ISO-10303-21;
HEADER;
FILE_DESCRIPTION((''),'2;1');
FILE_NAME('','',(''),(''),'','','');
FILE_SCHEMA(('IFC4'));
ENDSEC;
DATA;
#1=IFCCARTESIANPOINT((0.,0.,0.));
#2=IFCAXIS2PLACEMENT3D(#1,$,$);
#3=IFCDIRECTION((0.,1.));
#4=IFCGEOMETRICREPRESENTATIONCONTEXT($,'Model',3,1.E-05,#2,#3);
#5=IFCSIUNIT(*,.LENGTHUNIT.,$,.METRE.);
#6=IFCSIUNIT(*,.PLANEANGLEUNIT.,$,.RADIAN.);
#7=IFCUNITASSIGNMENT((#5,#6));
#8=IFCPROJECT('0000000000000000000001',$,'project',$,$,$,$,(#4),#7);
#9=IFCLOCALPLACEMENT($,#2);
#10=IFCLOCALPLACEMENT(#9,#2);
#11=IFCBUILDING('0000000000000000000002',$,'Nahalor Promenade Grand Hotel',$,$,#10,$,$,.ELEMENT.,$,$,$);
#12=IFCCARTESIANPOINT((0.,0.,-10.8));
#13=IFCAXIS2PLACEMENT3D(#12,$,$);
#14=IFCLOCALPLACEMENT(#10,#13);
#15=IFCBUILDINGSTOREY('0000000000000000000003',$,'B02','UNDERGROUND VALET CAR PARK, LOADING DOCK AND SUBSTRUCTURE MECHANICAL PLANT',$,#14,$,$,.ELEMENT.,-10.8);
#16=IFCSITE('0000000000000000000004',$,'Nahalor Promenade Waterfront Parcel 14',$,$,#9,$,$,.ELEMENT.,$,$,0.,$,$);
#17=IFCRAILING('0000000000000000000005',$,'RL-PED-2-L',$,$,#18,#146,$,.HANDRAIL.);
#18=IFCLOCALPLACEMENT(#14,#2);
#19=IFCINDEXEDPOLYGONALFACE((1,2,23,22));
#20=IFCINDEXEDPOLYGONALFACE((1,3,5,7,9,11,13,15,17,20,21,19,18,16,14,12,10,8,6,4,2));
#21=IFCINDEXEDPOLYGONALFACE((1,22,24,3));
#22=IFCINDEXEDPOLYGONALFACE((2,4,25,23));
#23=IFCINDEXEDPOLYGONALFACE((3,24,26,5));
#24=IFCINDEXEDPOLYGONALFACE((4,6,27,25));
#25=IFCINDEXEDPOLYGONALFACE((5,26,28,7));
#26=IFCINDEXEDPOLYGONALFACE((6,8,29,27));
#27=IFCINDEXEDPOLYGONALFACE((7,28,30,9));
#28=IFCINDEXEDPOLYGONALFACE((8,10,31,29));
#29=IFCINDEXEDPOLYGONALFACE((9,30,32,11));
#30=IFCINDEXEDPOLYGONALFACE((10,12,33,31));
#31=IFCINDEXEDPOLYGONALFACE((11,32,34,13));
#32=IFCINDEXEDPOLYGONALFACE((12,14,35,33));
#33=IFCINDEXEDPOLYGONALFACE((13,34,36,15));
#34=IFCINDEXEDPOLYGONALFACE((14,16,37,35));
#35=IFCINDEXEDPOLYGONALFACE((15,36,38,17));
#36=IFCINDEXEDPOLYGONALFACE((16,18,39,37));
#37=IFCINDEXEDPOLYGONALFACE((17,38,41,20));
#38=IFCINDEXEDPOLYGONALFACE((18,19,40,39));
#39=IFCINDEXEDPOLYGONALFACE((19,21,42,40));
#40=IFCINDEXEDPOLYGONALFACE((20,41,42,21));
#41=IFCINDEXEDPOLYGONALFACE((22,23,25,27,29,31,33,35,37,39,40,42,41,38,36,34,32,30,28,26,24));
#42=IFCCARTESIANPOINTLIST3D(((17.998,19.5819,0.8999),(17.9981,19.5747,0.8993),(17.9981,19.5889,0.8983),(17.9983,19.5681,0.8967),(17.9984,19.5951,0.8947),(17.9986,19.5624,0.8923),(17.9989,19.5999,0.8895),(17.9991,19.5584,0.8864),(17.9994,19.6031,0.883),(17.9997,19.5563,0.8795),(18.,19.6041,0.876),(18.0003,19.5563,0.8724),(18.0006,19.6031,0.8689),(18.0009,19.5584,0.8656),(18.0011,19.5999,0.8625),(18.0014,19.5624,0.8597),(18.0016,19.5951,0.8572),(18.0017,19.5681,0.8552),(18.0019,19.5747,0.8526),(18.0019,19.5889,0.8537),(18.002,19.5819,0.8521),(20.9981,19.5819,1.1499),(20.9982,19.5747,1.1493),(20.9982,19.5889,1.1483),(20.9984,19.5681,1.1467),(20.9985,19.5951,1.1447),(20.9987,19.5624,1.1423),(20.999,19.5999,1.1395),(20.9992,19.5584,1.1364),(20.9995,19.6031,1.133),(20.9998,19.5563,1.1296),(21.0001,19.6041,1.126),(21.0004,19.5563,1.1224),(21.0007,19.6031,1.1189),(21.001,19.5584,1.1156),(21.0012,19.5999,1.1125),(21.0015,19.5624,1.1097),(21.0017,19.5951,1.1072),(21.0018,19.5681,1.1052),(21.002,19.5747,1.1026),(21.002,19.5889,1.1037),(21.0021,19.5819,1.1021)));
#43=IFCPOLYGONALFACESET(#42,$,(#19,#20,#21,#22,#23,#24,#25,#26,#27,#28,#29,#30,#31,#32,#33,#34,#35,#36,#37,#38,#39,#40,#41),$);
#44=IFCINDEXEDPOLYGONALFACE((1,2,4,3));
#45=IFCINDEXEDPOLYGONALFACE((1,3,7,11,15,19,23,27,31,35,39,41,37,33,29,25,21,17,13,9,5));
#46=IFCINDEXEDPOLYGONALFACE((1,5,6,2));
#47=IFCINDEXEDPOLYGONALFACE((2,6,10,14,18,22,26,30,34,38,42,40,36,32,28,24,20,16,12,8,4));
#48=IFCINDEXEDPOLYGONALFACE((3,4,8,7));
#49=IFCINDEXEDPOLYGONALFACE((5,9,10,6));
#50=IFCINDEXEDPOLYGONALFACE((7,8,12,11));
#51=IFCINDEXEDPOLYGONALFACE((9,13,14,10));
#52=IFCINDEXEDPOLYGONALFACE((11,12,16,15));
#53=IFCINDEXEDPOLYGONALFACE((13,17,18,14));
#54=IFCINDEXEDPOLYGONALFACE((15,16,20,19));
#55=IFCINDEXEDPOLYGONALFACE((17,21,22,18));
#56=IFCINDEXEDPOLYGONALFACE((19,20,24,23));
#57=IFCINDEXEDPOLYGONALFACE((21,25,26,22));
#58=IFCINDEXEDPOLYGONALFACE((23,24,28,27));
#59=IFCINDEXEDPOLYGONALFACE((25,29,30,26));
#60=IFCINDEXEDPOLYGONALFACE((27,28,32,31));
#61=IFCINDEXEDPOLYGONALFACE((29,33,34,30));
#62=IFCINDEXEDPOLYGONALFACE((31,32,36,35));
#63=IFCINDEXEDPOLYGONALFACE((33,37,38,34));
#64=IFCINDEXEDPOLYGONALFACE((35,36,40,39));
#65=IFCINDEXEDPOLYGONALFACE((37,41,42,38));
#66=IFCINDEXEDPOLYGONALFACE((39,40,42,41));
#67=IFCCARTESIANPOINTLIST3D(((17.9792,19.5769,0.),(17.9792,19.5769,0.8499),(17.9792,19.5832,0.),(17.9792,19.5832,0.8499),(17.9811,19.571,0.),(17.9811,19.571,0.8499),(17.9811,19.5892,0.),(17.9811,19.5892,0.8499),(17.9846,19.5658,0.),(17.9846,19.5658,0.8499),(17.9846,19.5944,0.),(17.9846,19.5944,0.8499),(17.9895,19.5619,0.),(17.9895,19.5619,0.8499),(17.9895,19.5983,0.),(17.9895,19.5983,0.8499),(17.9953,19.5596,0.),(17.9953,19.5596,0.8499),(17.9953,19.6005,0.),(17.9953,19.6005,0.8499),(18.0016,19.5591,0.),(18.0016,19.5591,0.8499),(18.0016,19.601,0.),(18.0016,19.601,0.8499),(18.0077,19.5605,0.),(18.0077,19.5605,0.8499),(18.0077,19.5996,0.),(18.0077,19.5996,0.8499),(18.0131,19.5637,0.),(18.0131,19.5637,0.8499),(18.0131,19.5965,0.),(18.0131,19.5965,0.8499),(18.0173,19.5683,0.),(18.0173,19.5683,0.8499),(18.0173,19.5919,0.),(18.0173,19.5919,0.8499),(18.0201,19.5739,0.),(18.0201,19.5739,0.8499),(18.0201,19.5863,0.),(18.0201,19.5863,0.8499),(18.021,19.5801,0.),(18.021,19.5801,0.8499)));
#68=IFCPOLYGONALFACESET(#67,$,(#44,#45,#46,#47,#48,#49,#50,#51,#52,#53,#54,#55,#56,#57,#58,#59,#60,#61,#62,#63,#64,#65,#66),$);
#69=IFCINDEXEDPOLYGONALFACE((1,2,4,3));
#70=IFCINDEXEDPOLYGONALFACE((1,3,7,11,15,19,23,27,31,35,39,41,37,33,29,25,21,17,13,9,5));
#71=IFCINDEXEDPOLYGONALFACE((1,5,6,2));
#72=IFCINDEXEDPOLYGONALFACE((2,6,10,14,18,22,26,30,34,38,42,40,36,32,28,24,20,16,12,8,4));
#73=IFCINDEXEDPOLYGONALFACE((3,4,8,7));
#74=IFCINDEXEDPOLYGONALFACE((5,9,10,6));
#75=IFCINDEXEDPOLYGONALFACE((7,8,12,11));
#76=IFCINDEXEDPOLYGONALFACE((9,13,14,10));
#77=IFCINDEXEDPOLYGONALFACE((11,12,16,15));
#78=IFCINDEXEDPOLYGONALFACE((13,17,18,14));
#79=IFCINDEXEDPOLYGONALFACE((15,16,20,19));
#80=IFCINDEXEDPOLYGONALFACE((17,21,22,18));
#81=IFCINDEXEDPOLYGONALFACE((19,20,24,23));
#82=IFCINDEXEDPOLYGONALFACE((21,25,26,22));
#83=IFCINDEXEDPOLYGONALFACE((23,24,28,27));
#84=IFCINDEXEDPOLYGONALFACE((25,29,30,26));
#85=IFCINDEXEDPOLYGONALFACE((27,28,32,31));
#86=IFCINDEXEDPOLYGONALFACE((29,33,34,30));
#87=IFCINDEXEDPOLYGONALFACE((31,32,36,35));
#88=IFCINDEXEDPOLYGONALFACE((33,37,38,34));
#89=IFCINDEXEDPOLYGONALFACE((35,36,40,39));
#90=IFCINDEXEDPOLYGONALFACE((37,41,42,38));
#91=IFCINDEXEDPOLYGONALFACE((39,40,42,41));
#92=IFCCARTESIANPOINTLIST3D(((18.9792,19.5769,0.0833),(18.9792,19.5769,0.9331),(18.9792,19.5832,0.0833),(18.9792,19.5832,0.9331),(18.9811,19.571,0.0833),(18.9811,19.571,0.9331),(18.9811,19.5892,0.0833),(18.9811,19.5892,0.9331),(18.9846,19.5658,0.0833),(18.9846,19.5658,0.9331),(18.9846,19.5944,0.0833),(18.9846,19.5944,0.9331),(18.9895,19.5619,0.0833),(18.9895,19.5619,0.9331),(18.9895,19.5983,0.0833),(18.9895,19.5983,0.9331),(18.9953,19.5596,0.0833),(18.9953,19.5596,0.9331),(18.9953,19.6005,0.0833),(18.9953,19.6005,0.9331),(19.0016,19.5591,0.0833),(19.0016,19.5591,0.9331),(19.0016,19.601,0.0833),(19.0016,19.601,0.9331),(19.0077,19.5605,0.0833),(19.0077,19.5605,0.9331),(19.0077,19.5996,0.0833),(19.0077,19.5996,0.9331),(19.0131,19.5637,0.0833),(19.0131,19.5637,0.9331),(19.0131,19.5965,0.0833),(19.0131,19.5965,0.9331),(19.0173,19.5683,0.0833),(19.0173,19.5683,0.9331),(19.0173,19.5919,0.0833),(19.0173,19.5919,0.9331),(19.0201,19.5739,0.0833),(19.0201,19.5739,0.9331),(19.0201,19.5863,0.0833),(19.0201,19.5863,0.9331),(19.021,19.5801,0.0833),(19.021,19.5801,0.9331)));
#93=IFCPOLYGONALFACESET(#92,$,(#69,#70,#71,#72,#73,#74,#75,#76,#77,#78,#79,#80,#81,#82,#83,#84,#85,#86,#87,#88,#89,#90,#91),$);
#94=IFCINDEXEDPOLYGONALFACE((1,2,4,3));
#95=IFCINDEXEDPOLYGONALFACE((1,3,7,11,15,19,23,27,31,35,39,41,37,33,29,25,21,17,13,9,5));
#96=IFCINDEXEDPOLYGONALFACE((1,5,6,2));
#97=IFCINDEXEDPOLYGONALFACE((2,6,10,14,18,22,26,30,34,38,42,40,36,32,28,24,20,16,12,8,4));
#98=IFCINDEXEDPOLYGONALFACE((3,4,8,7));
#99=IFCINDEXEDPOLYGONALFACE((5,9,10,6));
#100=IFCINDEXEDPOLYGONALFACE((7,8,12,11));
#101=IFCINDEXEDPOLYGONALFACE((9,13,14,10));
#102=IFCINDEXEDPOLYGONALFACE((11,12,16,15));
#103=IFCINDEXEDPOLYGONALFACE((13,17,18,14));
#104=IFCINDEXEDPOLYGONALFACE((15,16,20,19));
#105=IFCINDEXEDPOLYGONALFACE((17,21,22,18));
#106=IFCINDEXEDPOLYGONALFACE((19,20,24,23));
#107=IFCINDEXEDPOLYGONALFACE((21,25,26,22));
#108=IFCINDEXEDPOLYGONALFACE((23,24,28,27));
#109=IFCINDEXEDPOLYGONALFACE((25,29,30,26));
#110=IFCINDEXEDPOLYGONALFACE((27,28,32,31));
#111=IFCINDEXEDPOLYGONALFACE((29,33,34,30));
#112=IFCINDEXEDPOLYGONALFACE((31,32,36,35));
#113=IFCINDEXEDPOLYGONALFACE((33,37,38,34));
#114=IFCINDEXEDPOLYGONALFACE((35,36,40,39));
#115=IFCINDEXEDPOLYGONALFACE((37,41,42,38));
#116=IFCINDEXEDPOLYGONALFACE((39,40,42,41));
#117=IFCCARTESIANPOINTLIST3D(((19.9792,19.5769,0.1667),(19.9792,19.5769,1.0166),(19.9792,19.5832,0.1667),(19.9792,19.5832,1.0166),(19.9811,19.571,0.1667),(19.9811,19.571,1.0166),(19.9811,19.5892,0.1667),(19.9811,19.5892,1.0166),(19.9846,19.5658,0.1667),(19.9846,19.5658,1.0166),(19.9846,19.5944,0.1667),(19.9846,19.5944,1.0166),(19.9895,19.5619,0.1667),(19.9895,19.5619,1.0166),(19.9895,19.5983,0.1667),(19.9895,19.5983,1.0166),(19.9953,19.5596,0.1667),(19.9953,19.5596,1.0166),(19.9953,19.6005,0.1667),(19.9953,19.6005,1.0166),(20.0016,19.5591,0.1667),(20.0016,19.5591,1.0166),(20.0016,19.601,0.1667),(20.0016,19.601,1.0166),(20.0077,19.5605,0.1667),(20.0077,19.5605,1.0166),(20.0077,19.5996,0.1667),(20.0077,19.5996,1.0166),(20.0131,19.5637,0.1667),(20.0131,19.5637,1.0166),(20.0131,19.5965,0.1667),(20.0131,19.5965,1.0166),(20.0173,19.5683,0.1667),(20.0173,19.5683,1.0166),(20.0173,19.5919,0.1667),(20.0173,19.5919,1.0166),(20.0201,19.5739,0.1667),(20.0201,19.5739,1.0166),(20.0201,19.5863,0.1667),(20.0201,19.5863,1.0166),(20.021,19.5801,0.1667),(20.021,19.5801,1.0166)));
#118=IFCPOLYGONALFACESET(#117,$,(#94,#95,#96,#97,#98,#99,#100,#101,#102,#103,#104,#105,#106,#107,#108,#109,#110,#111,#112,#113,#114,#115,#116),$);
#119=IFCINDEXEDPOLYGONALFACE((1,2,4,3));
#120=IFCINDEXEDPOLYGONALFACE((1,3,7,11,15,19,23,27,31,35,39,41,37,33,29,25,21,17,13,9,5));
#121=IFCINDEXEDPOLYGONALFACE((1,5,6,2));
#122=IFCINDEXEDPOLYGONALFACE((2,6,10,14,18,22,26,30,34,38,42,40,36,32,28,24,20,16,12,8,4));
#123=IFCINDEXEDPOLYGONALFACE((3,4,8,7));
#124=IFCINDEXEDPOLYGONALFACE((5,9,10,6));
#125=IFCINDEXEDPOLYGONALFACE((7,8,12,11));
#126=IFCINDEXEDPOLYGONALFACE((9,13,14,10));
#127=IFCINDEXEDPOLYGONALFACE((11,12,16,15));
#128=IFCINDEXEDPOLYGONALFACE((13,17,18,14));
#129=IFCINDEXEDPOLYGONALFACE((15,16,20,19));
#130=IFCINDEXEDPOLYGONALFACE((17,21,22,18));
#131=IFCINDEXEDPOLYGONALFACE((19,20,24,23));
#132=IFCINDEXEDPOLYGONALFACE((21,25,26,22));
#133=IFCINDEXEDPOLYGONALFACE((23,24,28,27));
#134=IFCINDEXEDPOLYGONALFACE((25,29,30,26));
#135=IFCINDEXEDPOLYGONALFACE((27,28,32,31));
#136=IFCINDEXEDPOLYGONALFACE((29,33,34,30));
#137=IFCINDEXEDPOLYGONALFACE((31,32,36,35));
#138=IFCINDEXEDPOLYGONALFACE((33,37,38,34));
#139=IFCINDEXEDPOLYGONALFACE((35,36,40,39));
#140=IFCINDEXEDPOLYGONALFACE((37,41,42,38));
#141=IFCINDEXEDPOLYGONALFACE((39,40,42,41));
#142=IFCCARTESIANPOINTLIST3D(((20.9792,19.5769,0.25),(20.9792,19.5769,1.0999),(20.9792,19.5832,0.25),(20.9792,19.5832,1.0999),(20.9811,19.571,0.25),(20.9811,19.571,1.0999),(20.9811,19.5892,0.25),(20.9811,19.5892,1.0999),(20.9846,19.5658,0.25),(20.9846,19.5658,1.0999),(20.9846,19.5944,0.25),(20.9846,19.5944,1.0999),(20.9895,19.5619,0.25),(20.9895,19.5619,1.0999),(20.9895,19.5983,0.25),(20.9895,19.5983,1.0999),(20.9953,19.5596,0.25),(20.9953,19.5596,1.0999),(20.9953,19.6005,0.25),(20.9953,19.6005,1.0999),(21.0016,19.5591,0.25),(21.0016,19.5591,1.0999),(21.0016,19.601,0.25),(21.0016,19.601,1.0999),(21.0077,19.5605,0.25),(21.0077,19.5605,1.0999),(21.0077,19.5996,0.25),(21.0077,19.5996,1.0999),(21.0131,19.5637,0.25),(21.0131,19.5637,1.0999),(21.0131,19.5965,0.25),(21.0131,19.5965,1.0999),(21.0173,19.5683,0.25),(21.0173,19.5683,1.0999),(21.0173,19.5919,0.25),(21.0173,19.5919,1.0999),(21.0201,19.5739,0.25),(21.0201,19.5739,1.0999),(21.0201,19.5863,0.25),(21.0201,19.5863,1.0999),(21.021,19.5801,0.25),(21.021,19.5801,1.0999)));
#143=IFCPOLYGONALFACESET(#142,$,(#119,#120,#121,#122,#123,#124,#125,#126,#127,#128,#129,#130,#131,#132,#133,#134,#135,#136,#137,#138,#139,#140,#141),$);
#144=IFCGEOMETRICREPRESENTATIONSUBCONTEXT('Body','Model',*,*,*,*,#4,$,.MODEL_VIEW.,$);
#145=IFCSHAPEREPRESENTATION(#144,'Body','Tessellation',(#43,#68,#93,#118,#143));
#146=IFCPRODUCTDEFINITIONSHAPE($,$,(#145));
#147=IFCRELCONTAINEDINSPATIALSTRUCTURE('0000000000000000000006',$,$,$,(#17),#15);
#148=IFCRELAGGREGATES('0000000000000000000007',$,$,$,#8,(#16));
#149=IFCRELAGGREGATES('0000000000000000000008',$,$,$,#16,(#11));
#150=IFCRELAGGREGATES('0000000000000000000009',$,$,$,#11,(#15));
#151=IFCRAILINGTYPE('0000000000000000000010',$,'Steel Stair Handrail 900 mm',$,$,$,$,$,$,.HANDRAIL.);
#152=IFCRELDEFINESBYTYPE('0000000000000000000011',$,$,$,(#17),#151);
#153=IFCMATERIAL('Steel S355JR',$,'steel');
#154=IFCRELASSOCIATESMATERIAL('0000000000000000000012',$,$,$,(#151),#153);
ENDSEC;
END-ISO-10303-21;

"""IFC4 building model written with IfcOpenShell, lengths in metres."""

from ifc_helpers import new_model, si_unit, direction, frame, origin, origin_2d, place, context, subcontext, project, spatial, circle, extrude, material, type_object, element, save


model = new_model("IFC4")

# Units and contexts
model_context = context("Model", 3, precision=1e-05, world=origin(), true_north=direction((0.0, 1.0)))
body_context = subcontext(model_context, "Body", "Model", "MODEL_VIEW")
ifc_project = project(units=[si_unit("LENGTHUNIT", "METRE"), si_unit("PLANEANGLEUNIT", "RADIAN")], contexts=[model_context])

# Site, building, storey
site_placement = place(None, origin())
site = spatial("IfcSite", under=ifc_project, at=site_placement, Name="Nahalor Promenade Waterfront Parcel 14", CompositionType="ELEMENT", RefElevation=0.0)
building_placement = place(site_placement, origin())
building = spatial("IfcBuilding", under=site, at=building_placement, Name="Nahalor Promenade Grand Hotel", CompositionType="ELEMENT")
storey_placement = place(building_placement, frame((0.0, 0.0, -10.8)))
storey = spatial("IfcBuildingStorey", under=building, at=storey_placement, Name="B02", Description="UNDERGROUND VALET CAR PARK, LOADING DOCK AND SUBSTRUCTURE MECHANICAL PLANT", CompositionType="ELEMENT", Elevation=-10.8)

# Shared definitions
ifc_material_1 = material(Name="Steel S355JR", Category="steel")

# Railing
railing_type_1 = type_object("IfcRailingType", Name="Steel Stair Handrail 900 mm", PredefinedType="HANDRAIL", material=ifc_material_1)
for number, where, name in (
    (1, (18.0, 19.5801, 0.0), "RL-PED-2-L"),
):
    element("IfcRailing", number, at=place(storey_placement, frame(where)), inside=storey, type_object=railing_type_1, Name=name, PredefinedType="HANDRAIL", context=body_context, shape_type="SweptSolid", body=[
        extrude(circle(Radius=0.024, at=origin_2d()), frame((0.0, 0.0, 0.876), z_axis=(0.996546, 0.0, 0.083045), x_axis=(0.0, 1.0, 0.0)), (0.0, 0.0, 1.0), 3.0105),
        extrude(circle(Radius=0.021, at=origin_2d()), origin(), (0.0, 0.0, 1.0), 0.8499),
        extrude(circle(Radius=0.021, at=origin_2d()), frame((1.0, 0.0, 0.0833)), (0.0, 0.0, 1.0), 0.8499),
        extrude(circle(Radius=0.021, at=origin_2d()), frame((2.0, 0.0, 0.1667)), (0.0, 0.0, 1.0), 0.8499),
        extrude(circle(Radius=0.021, at=origin_2d()), frame((3.0, 0.0, 0.25)), (0.0, 0.0, 1.0), 0.8499),
    ])

save(model, "model.ifc")
